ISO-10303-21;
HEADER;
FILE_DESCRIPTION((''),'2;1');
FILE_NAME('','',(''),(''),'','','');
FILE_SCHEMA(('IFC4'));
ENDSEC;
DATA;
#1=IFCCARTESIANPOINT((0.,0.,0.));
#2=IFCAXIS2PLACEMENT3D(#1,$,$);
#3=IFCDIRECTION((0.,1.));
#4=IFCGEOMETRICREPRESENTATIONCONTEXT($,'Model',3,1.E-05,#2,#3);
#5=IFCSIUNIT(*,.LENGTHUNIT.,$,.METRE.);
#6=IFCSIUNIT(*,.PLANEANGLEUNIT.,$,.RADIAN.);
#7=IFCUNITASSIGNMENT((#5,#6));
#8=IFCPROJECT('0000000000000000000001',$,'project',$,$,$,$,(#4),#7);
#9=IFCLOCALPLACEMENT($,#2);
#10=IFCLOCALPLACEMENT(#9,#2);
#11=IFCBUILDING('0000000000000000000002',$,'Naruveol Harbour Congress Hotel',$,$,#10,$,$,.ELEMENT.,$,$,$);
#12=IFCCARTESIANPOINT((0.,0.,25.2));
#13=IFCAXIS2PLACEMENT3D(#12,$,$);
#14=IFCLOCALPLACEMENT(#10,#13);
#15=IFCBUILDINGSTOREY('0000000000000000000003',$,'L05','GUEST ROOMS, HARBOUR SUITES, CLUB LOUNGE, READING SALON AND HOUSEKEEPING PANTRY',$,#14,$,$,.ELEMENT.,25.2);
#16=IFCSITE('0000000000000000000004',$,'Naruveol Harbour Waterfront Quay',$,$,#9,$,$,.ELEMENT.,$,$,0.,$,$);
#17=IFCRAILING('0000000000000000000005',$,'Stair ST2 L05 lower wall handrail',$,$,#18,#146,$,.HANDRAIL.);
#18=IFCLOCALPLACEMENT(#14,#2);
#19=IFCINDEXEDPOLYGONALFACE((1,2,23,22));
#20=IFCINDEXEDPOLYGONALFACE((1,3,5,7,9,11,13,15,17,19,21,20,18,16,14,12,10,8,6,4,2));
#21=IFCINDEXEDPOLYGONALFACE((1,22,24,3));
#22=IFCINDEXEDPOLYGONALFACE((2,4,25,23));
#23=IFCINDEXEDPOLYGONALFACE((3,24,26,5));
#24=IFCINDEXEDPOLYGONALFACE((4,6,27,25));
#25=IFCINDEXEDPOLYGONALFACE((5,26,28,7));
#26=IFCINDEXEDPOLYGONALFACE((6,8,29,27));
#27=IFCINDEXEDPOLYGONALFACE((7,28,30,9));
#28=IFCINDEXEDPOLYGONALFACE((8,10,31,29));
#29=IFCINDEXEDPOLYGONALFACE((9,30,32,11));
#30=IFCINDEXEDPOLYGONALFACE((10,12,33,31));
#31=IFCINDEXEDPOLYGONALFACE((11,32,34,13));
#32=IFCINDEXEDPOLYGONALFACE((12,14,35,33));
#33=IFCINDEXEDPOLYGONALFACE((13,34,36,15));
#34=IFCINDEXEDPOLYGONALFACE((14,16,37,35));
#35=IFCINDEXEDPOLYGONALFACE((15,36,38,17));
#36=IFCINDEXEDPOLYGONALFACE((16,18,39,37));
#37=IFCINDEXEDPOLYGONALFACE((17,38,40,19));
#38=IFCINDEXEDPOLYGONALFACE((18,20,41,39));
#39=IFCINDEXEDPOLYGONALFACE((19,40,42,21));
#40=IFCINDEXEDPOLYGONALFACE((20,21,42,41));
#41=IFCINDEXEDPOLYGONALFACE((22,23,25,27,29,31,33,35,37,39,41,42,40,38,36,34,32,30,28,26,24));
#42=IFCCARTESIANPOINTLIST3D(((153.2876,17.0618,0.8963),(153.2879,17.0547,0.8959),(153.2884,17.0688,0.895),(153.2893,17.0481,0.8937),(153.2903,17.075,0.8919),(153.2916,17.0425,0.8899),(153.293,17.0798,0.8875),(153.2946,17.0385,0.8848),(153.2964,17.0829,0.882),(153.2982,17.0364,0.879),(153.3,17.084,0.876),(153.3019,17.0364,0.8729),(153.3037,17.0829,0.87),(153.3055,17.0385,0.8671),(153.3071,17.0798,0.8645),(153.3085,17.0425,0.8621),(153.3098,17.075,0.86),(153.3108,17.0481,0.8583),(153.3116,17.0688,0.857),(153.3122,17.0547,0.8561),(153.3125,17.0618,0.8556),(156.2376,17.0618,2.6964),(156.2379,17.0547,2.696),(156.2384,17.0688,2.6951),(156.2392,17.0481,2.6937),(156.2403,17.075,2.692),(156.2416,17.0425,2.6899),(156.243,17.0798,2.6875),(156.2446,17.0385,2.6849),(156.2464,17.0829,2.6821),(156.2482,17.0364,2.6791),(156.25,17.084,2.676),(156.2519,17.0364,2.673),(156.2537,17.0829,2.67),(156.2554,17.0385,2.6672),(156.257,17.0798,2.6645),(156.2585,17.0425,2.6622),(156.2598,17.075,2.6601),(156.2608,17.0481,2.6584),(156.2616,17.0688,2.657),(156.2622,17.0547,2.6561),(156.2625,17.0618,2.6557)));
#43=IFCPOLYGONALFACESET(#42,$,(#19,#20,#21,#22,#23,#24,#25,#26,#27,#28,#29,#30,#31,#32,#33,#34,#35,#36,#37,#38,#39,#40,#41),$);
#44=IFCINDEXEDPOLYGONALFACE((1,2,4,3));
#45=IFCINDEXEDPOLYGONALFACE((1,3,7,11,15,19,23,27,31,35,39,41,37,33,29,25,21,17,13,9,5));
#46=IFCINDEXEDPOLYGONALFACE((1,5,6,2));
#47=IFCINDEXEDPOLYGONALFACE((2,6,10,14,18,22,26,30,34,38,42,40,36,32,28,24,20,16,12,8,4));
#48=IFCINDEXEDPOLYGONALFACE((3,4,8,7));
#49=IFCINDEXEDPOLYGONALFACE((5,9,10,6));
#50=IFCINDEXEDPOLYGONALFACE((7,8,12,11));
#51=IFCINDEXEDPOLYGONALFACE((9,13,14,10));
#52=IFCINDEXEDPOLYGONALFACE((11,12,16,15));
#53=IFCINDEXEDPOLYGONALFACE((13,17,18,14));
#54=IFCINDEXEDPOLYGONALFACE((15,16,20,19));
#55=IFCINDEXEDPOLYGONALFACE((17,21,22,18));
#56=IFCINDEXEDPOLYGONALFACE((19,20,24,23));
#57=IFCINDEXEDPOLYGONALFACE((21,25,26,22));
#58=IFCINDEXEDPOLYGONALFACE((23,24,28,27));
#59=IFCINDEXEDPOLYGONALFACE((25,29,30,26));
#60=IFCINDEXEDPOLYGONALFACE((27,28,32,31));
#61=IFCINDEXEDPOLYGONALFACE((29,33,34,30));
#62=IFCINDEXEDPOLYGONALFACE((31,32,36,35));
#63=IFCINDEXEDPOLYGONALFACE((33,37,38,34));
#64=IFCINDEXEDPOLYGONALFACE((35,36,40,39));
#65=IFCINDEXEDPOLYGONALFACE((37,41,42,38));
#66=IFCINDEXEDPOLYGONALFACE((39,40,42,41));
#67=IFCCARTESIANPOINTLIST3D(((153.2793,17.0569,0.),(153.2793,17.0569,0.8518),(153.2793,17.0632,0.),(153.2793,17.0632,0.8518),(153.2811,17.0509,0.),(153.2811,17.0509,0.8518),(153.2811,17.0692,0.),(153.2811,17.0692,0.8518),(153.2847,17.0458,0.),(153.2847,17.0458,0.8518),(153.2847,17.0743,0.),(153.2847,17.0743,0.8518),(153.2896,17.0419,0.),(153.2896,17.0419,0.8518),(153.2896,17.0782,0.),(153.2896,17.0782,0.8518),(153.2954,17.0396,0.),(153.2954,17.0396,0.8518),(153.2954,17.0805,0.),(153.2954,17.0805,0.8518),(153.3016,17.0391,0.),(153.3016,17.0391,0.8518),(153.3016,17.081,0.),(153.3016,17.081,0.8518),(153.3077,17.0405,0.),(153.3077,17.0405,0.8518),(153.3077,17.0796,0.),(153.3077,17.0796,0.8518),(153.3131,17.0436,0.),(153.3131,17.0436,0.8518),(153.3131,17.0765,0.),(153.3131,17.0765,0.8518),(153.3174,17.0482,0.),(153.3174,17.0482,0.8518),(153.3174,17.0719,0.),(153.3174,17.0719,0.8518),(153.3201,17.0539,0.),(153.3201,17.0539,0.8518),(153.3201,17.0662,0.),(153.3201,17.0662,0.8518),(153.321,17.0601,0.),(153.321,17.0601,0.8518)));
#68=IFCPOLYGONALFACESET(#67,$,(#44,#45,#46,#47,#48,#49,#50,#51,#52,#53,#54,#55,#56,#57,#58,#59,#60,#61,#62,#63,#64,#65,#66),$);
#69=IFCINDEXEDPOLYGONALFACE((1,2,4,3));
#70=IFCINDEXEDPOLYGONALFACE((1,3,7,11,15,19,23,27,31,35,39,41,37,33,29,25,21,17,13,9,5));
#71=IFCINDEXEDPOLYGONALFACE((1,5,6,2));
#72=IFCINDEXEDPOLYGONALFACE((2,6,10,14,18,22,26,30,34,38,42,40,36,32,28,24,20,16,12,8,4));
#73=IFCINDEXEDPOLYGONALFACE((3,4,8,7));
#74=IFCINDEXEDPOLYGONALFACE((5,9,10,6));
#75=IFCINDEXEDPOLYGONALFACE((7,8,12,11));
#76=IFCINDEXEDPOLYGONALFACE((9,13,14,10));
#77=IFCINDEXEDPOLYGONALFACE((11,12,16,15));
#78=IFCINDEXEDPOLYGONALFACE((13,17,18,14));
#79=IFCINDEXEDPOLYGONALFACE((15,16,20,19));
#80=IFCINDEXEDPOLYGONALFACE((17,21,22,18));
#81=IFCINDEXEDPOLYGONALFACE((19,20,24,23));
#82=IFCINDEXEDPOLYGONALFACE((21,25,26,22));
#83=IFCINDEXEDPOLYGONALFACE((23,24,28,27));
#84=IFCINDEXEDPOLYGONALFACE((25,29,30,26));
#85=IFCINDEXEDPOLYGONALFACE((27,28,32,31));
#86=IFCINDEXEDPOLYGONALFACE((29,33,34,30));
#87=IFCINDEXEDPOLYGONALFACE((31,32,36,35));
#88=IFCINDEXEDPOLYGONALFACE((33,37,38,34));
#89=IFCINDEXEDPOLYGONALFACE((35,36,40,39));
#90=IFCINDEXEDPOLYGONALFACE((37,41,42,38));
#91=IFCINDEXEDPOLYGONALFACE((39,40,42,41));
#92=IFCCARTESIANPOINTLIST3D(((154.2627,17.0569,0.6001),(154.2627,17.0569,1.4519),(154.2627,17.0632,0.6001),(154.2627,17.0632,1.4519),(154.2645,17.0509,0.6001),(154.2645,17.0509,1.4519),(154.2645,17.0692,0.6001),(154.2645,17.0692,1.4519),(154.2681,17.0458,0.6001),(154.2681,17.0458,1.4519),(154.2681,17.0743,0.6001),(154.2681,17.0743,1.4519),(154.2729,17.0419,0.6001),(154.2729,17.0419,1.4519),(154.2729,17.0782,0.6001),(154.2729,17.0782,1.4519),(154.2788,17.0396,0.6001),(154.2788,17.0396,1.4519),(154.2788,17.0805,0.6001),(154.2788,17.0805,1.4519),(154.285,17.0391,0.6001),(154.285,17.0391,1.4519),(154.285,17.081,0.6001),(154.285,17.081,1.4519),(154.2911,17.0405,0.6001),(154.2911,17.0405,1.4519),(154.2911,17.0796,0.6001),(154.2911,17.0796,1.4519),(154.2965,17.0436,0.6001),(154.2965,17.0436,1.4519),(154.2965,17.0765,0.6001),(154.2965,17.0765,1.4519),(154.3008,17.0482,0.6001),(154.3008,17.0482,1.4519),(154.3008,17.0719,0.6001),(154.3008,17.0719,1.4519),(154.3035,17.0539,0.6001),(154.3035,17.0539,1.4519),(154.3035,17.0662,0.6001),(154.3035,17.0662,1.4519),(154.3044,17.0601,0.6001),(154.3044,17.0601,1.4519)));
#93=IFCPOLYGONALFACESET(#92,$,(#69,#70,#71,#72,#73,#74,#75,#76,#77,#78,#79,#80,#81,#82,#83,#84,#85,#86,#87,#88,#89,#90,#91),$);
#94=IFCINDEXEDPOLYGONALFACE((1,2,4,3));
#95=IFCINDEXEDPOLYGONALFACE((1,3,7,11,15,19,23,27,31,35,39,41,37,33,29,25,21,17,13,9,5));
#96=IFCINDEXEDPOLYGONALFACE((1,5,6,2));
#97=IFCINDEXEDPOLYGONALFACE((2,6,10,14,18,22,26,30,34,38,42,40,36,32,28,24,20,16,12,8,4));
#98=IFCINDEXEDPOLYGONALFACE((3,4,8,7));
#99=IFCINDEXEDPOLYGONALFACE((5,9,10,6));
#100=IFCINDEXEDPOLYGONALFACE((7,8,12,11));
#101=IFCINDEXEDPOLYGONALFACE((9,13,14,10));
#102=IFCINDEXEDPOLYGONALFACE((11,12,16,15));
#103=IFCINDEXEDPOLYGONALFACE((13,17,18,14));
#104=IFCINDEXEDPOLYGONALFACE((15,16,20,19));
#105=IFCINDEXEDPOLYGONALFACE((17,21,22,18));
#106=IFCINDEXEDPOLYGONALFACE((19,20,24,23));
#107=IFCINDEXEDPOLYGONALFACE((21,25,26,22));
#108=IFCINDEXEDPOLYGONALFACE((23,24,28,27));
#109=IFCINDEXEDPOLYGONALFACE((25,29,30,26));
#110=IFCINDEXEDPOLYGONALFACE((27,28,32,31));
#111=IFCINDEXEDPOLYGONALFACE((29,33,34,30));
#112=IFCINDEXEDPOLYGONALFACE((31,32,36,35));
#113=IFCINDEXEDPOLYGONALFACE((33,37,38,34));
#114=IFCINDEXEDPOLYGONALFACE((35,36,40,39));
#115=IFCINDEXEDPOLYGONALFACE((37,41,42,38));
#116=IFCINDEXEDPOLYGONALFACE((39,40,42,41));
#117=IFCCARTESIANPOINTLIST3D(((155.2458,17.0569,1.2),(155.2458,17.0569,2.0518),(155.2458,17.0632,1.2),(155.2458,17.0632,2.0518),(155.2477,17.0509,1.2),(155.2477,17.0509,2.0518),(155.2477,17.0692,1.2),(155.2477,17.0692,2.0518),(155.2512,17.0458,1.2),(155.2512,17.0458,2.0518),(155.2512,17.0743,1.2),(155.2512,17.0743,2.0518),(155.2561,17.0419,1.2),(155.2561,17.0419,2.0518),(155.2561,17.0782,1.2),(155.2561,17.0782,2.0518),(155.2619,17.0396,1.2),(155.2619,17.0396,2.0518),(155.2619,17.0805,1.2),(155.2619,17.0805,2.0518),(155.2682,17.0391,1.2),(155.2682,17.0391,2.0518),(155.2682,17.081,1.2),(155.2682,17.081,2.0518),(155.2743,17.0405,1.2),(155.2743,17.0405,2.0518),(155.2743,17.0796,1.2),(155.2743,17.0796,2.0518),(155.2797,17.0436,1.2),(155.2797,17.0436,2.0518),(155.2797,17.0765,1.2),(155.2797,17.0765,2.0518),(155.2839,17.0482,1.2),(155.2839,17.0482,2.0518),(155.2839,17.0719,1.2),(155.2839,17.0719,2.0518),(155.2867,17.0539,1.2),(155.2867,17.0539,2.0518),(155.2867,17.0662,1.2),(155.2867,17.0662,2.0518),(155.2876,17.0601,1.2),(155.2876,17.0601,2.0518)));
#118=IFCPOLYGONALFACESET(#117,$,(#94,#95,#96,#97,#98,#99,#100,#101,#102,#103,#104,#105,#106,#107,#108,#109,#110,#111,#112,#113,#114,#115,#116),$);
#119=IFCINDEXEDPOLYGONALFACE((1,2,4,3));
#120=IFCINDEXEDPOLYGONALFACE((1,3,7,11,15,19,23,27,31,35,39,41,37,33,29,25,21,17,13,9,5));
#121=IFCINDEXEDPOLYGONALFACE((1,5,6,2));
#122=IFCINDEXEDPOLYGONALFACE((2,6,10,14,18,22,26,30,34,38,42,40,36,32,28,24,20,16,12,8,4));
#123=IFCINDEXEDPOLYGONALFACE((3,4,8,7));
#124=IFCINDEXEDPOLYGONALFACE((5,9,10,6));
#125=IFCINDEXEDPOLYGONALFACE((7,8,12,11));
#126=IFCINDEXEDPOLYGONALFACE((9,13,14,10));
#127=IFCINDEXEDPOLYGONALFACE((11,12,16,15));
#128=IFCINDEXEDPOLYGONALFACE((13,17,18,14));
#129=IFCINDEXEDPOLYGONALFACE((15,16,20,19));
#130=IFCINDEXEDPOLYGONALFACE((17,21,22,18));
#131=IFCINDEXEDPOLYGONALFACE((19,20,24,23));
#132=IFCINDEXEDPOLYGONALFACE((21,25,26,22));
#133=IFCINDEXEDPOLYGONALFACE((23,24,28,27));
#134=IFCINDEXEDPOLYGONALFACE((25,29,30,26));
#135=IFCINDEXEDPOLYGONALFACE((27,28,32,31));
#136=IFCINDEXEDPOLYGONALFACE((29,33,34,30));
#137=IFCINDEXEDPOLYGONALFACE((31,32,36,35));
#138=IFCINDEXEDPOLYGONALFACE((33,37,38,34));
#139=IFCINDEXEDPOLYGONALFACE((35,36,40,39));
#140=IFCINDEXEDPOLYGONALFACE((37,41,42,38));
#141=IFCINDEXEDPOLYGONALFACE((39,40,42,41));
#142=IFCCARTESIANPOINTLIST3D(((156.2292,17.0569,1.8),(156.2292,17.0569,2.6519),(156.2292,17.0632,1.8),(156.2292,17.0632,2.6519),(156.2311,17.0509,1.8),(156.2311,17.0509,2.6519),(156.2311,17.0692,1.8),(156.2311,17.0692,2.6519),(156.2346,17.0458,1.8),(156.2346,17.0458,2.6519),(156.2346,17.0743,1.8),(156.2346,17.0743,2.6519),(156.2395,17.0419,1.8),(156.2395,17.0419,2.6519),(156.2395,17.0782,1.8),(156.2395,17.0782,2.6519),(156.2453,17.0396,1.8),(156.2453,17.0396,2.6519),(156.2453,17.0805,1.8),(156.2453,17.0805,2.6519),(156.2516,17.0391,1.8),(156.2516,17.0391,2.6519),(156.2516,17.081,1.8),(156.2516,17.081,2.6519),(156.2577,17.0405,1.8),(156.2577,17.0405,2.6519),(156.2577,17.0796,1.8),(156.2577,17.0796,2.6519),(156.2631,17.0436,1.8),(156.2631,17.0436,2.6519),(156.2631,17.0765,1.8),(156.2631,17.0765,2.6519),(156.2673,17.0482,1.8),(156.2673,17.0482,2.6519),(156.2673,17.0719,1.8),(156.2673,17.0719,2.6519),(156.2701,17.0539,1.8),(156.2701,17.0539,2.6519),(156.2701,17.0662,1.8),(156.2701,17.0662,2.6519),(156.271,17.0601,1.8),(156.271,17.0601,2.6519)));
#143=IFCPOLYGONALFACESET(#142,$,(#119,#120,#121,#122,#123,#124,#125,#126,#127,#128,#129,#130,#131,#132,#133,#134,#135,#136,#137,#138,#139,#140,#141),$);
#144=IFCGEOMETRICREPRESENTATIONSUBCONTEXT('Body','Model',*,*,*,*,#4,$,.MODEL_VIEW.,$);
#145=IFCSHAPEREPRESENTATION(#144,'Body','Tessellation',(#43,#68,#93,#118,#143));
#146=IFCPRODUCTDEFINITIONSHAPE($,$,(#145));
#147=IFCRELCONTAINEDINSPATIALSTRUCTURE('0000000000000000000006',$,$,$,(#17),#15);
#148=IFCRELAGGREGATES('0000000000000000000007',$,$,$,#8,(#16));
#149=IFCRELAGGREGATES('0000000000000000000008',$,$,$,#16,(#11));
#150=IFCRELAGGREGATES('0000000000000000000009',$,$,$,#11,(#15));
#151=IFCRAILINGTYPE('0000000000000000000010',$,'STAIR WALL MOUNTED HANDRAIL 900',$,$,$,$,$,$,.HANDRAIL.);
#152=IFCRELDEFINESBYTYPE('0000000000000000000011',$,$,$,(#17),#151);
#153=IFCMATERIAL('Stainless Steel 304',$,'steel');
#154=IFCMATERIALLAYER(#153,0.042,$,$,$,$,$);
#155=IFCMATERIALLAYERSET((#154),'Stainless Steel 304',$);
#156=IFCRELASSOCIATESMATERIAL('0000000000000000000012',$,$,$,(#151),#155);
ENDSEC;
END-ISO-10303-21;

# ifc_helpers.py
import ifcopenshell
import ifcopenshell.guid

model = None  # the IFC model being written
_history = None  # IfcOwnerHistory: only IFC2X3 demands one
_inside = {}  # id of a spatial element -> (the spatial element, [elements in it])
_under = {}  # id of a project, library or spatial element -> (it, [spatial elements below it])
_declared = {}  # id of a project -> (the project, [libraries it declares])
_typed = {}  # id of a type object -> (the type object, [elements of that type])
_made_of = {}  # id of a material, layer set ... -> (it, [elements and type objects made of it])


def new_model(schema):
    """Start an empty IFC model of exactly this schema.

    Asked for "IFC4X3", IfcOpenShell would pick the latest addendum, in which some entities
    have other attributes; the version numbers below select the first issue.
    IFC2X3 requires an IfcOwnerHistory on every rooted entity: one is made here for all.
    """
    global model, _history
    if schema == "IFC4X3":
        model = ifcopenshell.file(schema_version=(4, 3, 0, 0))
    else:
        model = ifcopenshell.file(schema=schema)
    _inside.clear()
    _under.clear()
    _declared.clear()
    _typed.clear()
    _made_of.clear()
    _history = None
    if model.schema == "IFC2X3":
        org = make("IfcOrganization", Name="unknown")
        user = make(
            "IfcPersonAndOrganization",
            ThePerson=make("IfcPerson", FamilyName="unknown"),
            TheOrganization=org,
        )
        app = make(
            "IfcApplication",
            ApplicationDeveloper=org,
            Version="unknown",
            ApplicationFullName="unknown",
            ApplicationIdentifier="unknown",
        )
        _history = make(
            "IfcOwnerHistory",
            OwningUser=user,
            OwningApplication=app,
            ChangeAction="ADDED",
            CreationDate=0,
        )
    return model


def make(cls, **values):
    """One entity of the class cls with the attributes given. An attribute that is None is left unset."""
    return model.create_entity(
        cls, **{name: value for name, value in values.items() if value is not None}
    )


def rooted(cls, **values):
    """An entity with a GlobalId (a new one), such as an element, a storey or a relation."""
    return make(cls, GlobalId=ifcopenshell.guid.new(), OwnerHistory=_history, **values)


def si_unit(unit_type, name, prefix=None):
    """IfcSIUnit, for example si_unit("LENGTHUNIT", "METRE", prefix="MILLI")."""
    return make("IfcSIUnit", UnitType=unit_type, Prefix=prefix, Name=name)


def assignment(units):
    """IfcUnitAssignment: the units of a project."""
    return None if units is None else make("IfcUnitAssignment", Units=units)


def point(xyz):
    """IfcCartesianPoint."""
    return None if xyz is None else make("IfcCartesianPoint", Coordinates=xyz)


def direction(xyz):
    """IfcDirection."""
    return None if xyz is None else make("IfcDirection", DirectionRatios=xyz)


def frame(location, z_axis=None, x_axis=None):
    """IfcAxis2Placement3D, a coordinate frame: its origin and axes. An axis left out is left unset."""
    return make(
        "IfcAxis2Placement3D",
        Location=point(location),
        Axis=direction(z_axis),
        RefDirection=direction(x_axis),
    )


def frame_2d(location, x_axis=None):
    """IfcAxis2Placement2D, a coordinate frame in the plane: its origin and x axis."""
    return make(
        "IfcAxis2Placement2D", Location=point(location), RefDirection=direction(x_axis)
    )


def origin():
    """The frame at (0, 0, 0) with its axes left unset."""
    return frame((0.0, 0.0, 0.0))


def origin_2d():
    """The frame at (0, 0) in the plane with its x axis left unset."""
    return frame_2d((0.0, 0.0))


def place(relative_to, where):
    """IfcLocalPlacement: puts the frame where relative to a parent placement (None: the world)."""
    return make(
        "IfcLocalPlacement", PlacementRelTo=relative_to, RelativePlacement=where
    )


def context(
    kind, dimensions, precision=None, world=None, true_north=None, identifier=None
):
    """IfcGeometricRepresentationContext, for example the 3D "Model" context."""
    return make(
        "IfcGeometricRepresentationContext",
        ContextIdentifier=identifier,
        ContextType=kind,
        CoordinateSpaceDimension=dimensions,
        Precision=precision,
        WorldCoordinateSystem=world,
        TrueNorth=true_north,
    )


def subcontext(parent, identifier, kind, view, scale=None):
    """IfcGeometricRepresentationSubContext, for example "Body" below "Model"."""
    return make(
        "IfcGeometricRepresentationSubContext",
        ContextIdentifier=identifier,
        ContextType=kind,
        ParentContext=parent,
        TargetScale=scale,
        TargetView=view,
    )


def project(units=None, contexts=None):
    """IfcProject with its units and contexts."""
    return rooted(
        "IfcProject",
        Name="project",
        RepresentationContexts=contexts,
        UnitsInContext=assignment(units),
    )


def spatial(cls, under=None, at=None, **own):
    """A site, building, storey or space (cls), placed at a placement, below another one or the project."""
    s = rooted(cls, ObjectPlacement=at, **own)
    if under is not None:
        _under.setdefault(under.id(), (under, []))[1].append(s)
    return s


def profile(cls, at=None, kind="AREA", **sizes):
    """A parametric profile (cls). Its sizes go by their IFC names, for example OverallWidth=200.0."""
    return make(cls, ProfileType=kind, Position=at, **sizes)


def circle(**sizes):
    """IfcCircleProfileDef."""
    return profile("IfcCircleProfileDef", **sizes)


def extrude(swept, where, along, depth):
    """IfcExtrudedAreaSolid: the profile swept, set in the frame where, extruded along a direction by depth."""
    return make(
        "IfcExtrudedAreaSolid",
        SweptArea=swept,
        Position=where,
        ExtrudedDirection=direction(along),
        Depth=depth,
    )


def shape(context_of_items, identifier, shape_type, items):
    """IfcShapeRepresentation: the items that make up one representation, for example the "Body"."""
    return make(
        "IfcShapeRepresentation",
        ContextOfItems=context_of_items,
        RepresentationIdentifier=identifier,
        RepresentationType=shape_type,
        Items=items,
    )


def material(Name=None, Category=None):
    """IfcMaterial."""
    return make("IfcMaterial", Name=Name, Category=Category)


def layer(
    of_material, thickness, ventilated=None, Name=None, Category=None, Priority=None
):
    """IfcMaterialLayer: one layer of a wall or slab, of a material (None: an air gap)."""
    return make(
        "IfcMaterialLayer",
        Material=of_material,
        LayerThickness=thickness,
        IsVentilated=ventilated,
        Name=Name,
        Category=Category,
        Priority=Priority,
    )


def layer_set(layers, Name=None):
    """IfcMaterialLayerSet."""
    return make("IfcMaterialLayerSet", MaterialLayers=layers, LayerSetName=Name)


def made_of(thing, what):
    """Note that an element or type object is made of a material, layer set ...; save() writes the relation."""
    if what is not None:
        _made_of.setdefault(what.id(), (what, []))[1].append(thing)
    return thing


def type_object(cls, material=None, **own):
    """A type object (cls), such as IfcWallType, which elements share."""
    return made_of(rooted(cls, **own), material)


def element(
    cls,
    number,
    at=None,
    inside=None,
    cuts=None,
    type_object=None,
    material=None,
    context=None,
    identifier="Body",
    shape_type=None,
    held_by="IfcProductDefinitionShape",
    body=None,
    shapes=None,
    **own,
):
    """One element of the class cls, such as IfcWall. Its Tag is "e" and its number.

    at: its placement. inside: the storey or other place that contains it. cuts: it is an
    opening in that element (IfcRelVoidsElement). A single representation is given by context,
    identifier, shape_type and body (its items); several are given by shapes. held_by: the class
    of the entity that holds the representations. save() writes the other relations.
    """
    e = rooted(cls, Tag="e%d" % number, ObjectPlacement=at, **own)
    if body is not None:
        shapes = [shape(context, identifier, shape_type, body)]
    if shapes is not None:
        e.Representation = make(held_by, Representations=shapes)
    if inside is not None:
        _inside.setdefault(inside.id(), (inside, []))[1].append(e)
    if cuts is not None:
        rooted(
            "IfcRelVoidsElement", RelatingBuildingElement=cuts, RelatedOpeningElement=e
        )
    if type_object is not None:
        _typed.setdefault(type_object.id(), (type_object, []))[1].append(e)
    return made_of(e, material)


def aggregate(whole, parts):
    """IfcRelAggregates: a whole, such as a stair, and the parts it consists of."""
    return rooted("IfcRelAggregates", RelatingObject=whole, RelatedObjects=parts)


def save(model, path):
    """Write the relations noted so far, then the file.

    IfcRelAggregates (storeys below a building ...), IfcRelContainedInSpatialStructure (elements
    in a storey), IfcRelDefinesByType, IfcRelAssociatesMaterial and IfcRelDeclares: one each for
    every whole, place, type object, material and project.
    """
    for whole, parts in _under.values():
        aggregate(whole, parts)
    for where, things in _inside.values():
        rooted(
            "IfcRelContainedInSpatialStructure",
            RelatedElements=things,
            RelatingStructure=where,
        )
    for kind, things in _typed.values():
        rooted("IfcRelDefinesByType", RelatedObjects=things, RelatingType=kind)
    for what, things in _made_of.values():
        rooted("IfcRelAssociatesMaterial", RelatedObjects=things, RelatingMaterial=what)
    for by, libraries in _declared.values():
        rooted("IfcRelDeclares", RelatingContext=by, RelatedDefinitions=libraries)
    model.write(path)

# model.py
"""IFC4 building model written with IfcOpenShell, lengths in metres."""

from ifc_helpers import new_model, si_unit, direction, frame, origin, origin_2d, place, context, subcontext, project, spatial, circle, extrude, material, layer, layer_set, type_object, element, save


model = new_model("IFC4")

# Units and contexts
model_context = context("Model", 3, precision=1e-05, world=origin(), true_north=direction((0.0, 1.0)))
body_context = subcontext(model_context, "Body", "Model", "MODEL_VIEW")
ifc_project = project(units=[si_unit("LENGTHUNIT", "METRE"), si_unit("PLANEANGLEUNIT", "RADIAN")], contexts=[model_context])

# Site, building, storey
site_placement = place(None, origin())
site = spatial("IfcSite", under=ifc_project, at=site_placement, Name="Naruveol Harbour Waterfront Quay", CompositionType="ELEMENT", RefElevation=0.0)
building_placement = place(site_placement, origin())
building = spatial("IfcBuilding", under=site, at=building_placement, Name="Naruveol Harbour Congress Hotel", CompositionType="ELEMENT")
storey_placement = place(building_placement, frame((0.0, 0.0, 25.2)))
storey = spatial("IfcBuildingStorey", under=building, at=storey_placement, Name="L05", Description="GUEST ROOMS, HARBOUR SUITES, CLUB LOUNGE, READING SALON AND HOUSEKEEPING PANTRY", CompositionType="ELEMENT", Elevation=25.2)

# Railing
ifc_material_1 = material(Name="Stainless Steel 304", Category="steel")
ifc_layer_1 = layer(ifc_material_1, 0.042)
ifc_layer_set_1 = layer_set([ifc_layer_1], Name="Stainless Steel 304")
railing_type_1 = type_object("IfcRailingType", Name="STAIR WALL MOUNTED HANDRAIL 900", PredefinedType="HANDRAIL", material=ifc_layer_set_1)
railing_1_placement = place(storey_placement, frame((153.3, 17.0601, 0.0)))
element("IfcRailing", 1, at=railing_1_placement, inside=storey, type_object=railing_type_1, Name="Stair ST2 L05 lower wall handrail", PredefinedType="HANDRAIL", context=body_context, shape_type="SweptSolid", body=[
    extrude(circle(Radius=0.0239, at=origin_2d()), frame((0.0, 0.0, 0.876), z_axis=(0.853629, 0.0, 0.520881), x_axis=(0.0, 1.0, 0.0)), (0.0, 0.0, 1.0), 3.4558),
    extrude(circle(Radius=0.021, at=origin_2d()), origin(), (0.0, 0.0, 1.0), 0.8518),
    extrude(circle(Radius=0.021, at=origin_2d()), frame((0.9834, 0.0, 0.6001)), (0.0, 0.0, 1.0), 0.8518),
    extrude(circle(Radius=0.021, at=origin_2d()), frame((1.9666, 0.0, 1.2)), (0.0, 0.0, 1.0), 0.8518),
    extrude(circle(Radius=0.021, at=origin_2d()), frame((2.95, 0.0, 1.8)), (0.0, 0.0, 1.0), 0.8518),
])

save(model, "model.ifc")
